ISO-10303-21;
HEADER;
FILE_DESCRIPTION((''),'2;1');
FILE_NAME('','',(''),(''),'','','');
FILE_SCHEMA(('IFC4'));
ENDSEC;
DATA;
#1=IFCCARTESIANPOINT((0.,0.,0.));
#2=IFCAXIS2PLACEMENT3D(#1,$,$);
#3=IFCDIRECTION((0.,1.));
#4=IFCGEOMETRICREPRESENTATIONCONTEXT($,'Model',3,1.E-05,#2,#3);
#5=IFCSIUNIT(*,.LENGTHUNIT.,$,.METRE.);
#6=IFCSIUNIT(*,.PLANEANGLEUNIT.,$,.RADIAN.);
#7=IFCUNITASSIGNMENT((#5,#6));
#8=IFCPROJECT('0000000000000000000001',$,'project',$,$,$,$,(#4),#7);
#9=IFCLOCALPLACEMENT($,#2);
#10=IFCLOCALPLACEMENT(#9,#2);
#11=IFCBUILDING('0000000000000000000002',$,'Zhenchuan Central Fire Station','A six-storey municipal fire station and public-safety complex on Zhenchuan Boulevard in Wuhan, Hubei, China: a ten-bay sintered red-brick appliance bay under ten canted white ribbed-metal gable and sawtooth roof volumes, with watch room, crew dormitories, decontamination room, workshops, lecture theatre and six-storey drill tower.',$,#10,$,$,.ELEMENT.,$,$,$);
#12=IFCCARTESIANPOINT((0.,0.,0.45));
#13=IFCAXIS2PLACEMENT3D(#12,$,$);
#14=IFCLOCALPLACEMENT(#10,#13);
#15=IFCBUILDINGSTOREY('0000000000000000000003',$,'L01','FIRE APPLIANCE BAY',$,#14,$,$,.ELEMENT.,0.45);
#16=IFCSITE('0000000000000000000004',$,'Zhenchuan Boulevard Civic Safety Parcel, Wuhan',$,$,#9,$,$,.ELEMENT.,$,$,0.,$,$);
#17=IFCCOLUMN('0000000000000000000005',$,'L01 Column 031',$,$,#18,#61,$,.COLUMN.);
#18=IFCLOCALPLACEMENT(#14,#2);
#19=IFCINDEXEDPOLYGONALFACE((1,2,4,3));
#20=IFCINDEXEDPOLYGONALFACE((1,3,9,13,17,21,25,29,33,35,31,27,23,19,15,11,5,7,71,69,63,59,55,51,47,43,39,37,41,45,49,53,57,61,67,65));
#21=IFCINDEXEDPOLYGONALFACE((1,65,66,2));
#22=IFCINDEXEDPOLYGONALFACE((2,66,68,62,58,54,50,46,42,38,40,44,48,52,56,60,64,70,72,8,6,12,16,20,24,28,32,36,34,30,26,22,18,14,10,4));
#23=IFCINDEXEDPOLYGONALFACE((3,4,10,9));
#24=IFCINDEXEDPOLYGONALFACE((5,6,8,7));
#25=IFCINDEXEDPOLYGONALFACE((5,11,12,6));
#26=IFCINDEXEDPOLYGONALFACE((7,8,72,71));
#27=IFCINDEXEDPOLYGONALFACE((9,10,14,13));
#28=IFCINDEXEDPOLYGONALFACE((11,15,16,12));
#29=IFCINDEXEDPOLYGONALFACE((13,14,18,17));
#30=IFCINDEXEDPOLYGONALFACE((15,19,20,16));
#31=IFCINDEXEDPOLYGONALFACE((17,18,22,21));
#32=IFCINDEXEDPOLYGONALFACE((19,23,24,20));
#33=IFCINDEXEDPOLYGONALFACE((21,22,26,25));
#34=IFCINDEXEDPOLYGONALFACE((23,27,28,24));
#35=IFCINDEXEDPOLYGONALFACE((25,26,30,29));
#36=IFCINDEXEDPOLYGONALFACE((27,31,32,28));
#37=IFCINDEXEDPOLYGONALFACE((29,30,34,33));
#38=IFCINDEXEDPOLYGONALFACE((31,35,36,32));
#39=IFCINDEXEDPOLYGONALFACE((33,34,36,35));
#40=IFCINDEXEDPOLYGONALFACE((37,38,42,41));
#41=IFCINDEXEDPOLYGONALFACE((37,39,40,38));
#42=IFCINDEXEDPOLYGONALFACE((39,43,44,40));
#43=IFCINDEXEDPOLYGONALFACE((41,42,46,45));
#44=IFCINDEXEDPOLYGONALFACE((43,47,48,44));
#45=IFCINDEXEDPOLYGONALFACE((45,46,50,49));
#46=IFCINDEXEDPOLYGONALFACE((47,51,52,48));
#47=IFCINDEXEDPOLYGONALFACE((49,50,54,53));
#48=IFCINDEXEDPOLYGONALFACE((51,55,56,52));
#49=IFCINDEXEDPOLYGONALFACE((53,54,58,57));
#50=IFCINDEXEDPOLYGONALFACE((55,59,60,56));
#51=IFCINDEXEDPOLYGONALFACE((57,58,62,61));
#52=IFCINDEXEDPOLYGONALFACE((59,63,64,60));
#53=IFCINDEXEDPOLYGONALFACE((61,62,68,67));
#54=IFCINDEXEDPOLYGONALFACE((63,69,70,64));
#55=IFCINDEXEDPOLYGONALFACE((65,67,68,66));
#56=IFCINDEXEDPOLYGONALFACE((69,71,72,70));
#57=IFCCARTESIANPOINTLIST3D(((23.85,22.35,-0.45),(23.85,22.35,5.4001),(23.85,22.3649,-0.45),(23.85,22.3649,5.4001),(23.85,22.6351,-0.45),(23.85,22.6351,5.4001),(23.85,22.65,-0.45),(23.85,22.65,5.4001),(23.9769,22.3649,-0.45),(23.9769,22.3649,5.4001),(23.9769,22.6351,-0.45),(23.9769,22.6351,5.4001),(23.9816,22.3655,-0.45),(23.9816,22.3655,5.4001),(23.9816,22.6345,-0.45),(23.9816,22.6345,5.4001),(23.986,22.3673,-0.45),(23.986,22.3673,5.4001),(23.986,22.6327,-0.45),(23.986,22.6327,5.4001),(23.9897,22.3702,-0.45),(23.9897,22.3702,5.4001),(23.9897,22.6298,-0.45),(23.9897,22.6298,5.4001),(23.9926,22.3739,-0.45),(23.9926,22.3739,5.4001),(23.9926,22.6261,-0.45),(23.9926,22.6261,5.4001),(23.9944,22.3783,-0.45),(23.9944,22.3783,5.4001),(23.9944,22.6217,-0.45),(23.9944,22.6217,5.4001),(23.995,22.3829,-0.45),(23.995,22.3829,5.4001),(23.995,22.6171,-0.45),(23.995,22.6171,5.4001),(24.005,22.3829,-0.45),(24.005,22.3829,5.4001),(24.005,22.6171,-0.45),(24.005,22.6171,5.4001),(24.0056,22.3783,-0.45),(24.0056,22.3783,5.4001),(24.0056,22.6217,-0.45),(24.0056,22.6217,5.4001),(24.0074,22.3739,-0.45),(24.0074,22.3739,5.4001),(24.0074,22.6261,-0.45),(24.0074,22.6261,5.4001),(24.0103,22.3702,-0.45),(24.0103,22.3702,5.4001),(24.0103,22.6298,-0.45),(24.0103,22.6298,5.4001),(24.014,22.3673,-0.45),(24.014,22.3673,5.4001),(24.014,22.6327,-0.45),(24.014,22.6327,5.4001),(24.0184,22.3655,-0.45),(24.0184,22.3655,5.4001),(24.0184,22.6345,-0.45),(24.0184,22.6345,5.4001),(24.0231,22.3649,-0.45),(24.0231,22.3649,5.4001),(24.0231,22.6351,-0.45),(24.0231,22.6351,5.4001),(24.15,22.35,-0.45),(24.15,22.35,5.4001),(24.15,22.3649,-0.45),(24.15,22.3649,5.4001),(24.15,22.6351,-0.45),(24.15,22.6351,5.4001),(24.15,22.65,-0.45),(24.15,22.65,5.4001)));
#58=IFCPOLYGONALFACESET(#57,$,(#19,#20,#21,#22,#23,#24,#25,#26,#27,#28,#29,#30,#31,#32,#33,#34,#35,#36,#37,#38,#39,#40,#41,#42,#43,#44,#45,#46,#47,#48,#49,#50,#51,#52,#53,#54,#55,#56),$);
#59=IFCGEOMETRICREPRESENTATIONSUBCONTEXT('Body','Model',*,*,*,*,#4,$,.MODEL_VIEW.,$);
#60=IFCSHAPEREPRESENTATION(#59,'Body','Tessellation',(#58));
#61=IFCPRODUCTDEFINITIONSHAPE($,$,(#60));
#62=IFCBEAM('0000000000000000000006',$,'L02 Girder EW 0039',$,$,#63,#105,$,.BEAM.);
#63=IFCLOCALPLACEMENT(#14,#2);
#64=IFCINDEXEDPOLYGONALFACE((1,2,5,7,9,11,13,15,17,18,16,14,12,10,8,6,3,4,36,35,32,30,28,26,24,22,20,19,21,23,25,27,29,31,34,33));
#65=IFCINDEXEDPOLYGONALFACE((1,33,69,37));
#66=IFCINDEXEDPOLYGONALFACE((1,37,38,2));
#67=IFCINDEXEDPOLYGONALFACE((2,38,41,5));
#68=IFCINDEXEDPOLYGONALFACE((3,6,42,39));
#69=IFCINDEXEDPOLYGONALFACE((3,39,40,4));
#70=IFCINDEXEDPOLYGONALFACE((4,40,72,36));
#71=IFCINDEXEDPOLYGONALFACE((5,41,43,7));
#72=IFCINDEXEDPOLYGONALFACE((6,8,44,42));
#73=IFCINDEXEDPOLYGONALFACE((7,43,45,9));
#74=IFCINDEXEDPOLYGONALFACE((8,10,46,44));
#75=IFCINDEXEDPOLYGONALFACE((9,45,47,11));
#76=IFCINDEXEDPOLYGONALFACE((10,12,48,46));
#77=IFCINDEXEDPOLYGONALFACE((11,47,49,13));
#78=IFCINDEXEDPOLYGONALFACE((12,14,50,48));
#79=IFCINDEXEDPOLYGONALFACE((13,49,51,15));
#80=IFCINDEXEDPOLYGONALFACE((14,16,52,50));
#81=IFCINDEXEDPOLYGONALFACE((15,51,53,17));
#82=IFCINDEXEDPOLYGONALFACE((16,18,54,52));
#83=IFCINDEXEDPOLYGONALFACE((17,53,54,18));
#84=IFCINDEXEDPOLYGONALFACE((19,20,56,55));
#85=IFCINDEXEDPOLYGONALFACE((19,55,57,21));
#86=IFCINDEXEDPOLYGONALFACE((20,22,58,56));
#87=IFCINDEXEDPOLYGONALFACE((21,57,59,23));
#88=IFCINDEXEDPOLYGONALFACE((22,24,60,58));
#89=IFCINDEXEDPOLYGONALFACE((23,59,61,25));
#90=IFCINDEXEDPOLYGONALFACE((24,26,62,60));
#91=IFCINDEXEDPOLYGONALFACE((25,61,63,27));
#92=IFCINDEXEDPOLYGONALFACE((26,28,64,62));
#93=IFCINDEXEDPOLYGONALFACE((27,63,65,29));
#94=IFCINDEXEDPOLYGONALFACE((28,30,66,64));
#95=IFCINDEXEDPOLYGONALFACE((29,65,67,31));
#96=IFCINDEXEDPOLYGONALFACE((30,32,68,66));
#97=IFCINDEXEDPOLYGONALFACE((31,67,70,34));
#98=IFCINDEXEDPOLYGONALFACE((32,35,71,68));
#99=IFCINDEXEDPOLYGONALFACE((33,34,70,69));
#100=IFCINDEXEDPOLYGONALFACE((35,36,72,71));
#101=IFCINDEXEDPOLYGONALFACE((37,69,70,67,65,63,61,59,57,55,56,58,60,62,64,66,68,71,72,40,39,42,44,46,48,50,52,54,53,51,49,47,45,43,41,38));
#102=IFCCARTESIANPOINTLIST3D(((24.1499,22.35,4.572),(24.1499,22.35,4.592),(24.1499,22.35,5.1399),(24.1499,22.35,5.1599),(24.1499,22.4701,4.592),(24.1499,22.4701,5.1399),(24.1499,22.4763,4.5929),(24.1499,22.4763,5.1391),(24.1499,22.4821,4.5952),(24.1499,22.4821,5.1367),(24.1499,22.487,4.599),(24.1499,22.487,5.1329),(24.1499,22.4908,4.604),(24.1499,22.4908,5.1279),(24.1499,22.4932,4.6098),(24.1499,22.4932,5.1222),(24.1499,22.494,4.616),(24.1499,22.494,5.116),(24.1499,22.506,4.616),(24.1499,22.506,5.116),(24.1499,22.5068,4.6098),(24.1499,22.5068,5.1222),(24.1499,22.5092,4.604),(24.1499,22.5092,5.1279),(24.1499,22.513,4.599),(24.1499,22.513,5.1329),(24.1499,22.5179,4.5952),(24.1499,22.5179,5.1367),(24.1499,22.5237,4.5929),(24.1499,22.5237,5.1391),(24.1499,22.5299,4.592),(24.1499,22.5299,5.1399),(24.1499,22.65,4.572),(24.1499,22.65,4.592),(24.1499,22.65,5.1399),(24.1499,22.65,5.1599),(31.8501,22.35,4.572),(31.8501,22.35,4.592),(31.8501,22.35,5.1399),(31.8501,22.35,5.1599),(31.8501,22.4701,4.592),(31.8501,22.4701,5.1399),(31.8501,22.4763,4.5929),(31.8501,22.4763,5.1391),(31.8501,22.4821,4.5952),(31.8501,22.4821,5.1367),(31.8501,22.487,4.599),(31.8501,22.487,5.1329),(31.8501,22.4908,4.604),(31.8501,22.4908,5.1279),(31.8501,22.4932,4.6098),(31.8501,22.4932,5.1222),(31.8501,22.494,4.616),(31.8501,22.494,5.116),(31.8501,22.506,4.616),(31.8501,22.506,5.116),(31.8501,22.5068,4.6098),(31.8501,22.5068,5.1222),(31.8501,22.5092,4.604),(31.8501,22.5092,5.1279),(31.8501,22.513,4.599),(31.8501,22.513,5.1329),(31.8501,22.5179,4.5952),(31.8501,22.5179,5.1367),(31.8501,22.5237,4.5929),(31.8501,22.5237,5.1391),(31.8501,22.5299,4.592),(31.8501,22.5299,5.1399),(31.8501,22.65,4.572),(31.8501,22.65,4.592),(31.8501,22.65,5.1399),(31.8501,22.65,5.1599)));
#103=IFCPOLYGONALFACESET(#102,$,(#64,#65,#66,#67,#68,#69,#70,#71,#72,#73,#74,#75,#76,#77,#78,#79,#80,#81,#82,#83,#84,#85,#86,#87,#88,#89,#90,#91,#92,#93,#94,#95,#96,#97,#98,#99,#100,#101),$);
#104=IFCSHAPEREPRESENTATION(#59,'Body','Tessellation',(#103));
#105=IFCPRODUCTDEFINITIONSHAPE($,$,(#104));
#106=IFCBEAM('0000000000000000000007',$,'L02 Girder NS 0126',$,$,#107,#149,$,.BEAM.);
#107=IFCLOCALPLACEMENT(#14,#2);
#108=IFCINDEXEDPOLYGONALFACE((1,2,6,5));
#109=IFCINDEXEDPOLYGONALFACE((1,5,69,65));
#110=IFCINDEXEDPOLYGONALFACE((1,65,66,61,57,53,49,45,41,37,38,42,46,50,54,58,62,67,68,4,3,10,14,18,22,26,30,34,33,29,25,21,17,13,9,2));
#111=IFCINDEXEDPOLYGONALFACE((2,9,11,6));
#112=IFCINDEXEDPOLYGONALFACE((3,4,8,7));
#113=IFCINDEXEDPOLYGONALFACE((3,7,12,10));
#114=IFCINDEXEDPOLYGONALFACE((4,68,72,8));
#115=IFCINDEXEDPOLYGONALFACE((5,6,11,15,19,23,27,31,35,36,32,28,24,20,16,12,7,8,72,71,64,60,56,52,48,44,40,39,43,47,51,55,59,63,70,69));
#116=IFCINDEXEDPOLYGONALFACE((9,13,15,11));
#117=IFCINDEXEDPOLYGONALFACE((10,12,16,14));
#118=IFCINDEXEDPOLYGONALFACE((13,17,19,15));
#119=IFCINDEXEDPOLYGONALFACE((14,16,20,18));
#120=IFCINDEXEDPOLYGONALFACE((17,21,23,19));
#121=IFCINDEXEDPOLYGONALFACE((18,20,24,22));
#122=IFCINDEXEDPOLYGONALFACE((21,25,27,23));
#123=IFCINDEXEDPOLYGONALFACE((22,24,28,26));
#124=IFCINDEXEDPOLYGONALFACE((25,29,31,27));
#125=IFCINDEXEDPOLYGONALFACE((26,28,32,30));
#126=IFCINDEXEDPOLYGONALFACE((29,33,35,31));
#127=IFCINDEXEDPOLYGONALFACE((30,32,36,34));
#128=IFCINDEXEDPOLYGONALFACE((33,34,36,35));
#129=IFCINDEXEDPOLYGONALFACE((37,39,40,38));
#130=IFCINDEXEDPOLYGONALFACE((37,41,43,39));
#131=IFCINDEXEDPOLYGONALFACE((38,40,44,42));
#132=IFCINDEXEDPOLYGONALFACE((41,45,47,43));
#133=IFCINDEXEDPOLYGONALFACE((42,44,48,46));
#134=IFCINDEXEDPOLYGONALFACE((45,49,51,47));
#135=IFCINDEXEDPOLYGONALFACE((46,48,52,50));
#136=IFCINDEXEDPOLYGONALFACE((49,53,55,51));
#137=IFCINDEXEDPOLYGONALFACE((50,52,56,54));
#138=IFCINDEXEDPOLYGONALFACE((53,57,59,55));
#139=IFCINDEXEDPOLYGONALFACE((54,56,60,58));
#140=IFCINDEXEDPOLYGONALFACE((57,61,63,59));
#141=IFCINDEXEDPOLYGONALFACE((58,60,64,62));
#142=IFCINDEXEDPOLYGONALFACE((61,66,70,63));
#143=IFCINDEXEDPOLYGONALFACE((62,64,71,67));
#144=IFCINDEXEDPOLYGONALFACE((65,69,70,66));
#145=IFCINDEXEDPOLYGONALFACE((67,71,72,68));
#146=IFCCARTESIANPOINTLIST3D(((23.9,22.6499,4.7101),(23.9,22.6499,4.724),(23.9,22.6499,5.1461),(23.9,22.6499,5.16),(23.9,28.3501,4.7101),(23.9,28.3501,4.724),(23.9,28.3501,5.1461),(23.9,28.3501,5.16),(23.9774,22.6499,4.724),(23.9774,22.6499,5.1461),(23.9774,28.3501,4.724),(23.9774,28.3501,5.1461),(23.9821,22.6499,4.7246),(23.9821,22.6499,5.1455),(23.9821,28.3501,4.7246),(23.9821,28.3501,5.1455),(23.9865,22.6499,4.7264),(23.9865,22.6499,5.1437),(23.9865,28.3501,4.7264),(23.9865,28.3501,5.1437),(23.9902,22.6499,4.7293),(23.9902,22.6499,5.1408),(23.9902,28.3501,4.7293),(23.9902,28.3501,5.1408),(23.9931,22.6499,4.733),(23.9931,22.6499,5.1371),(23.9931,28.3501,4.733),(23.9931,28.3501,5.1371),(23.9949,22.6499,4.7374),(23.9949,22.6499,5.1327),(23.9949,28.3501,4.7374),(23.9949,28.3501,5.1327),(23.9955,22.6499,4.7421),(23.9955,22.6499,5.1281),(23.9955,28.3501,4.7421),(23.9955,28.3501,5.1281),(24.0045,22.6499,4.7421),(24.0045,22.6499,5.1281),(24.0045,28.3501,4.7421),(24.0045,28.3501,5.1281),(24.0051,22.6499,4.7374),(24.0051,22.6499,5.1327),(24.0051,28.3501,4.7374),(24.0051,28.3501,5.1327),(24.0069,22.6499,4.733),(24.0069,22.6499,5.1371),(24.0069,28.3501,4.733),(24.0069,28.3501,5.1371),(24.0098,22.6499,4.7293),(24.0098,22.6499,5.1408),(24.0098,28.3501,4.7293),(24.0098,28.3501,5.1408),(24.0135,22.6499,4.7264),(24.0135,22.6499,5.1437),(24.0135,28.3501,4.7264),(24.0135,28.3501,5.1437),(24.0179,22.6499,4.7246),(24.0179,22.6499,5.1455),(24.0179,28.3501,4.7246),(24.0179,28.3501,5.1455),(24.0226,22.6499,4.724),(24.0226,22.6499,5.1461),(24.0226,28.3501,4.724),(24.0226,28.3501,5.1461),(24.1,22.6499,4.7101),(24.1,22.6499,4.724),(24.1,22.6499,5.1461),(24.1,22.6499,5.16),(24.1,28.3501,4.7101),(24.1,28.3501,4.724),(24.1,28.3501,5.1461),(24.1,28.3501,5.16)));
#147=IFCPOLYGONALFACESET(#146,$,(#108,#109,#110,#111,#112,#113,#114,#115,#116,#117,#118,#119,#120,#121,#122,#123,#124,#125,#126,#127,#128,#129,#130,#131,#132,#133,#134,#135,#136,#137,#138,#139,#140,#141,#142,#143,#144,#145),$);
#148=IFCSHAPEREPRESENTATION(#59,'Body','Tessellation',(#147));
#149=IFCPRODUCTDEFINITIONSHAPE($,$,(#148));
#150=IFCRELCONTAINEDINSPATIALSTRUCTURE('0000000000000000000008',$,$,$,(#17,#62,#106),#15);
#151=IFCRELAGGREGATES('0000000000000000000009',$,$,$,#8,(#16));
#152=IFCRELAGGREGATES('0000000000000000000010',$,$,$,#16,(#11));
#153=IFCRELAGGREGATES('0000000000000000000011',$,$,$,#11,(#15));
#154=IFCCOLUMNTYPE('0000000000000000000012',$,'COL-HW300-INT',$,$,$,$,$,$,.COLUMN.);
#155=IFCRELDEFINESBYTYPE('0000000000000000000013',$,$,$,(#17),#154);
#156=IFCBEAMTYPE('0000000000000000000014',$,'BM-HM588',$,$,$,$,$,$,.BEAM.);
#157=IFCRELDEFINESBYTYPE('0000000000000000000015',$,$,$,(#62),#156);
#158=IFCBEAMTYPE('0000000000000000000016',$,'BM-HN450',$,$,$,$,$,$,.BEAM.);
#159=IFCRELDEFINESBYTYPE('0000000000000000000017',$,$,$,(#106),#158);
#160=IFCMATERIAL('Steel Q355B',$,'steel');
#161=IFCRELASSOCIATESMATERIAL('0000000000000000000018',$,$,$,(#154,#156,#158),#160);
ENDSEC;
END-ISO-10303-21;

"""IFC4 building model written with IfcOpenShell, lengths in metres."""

from ifc_helpers import new_model, si_unit, direction, frame, origin, origin_2d, place, context, subcontext, project, spatial, i_section, extrude, material, material_profile, profile_set, type_object, element, save


model = new_model("IFC4")

# Units and contexts
model_context = context("Model", 3, precision=1e-05, world=origin(), true_north=direction((0.0, 1.0)))
body_context = subcontext(model_context, "Body", "Model", "MODEL_VIEW")
ifc_project = project(units=[si_unit("LENGTHUNIT", "METRE"), si_unit("PLANEANGLEUNIT", "RADIAN")], contexts=[model_context])

# Site, building, storey
site_placement = place(None, origin())
site = spatial("IfcSite", under=ifc_project, at=site_placement, Name="Zhenchuan Boulevard Civic Safety Parcel, Wuhan", CompositionType="ELEMENT", RefElevation=0.0)
building_placement = place(site_placement, origin())
building = spatial("IfcBuilding", under=site, at=building_placement, Name="Zhenchuan Central Fire Station", Description="A six-storey municipal fire station and public-safety complex on Zhenchuan Boulevard in Wuhan, Hubei, China: a ten-bay sintered red-brick appliance bay under ten canted white ribbed-metal gable and sawtooth roof volumes, with watch room, crew dormitories, decontamination room, workshops, lecture theatre and six-storey drill tower.", CompositionType="ELEMENT")
storey_placement = place(building_placement, frame((0.0, 0.0, 0.45)))
storey = spatial("IfcBuildingStorey", under=building, at=storey_placement, Name="L01", Description="FIRE APPLIANCE BAY", CompositionType="ELEMENT", Elevation=0.45)

# Column
ifc_material_1 = material(Name="Steel Q355B", Category="steel")
ifc_material_profile_1 = material_profile(ifc_material_1, i_section(OverallWidth=0.3, OverallDepth=0.3, WebThickness=0.01, FlangeThickness=0.0149, FilletRadius=0.0181, at=origin_2d()), Name="HW 300x300")
ifc_profile_set_1 = profile_set([ifc_material_profile_1], Name="Steel Q355B")
column_type = type_object("IfcColumnType", Name="COL-HW300-INT", PredefinedType="COLUMN", material=ifc_profile_set_1)
for number, where, z_axis, x_axis, name in (
    (1, (24.0, 22.5, -0.45), (0.0, 0.0, 1.0), (1.0, 0.0, 0.0), "L01 Column 031"),
):
    element("IfcColumn", number, at=place(storey_placement, frame(where, z_axis=z_axis, x_axis=x_axis)), inside=storey, type_object=column_type, Name=name, PredefinedType="COLUMN", context=body_context, shape_type="SweptSolid", body=[
        extrude(i_section(OverallWidth=0.3, OverallDepth=0.3, WebThickness=0.01, FlangeThickness=0.0149, FilletRadius=0.0181, at=origin_2d()), origin(), (0.0, 0.0, 1.0), 5.8501),
    ])

# Beams
ifc_material_profile_2 = material_profile(ifc_material_1, i_section(OverallWidth=0.3, OverallDepth=0.5879, WebThickness=0.012, FlangeThickness=0.02, FilletRadius=0.0239, at=origin_2d()), Name="HM 588x300")
ifc_profile_set_2 = profile_set([ifc_material_profile_2], Name="Steel Q355B")
beam_type_1 = type_object("IfcBeamType", Name="BM-HM588", PredefinedType="BEAM", material=ifc_profile_set_2)
beam_1_placement = place(storey_placement, frame((24.1499, 22.5, 4.866), z_axis=(1.0, 0.0, 0.0), x_axis=(0.0, 1.0, 0.0)))
element("IfcBeam", 2, at=beam_1_placement, inside=storey, type_object=beam_type_1, Name="L02 Girder EW 0039", PredefinedType="BEAM", context=body_context, shape_type="SweptSolid", body=[
    extrude(i_section(OverallWidth=0.3, OverallDepth=0.5879, WebThickness=0.012, FlangeThickness=0.02, FilletRadius=0.0239, at=origin_2d()), origin(), (0.0, 0.0, 1.0), 7.7002),
])
ifc_material_profile_3 = material_profile(ifc_material_1, i_section(OverallWidth=0.2, OverallDepth=0.45, WebThickness=0.009, FlangeThickness=0.0139, FilletRadius=0.0181, at=origin_2d()), Name="HN 450x200")
ifc_profile_set_3 = profile_set([ifc_material_profile_3], Name="Steel Q355B")
beam_type_2 = type_object("IfcBeamType", Name="BM-HN450", PredefinedType="BEAM", material=ifc_profile_set_3)
beam_2_placement = place(storey_placement, frame((24.0, 22.6499, 4.9351), z_axis=(0.0, 1.0, 0.0), x_axis=(-1.0, 0.0, 0.0)))
element("IfcBeam", 3, at=beam_2_placement, inside=storey, type_object=beam_type_2, Name="L02 Girder NS 0126", PredefinedType="BEAM", context=body_context, shape_type="SweptSolid", body=[
    extrude(i_section(OverallWidth=0.2, OverallDepth=0.45, WebThickness=0.009, FlangeThickness=0.0139, FilletRadius=0.0181, at=origin_2d()), origin(), (0.0, 0.0, 1.0), 5.7002),
])

save(model, "model.ifc")
